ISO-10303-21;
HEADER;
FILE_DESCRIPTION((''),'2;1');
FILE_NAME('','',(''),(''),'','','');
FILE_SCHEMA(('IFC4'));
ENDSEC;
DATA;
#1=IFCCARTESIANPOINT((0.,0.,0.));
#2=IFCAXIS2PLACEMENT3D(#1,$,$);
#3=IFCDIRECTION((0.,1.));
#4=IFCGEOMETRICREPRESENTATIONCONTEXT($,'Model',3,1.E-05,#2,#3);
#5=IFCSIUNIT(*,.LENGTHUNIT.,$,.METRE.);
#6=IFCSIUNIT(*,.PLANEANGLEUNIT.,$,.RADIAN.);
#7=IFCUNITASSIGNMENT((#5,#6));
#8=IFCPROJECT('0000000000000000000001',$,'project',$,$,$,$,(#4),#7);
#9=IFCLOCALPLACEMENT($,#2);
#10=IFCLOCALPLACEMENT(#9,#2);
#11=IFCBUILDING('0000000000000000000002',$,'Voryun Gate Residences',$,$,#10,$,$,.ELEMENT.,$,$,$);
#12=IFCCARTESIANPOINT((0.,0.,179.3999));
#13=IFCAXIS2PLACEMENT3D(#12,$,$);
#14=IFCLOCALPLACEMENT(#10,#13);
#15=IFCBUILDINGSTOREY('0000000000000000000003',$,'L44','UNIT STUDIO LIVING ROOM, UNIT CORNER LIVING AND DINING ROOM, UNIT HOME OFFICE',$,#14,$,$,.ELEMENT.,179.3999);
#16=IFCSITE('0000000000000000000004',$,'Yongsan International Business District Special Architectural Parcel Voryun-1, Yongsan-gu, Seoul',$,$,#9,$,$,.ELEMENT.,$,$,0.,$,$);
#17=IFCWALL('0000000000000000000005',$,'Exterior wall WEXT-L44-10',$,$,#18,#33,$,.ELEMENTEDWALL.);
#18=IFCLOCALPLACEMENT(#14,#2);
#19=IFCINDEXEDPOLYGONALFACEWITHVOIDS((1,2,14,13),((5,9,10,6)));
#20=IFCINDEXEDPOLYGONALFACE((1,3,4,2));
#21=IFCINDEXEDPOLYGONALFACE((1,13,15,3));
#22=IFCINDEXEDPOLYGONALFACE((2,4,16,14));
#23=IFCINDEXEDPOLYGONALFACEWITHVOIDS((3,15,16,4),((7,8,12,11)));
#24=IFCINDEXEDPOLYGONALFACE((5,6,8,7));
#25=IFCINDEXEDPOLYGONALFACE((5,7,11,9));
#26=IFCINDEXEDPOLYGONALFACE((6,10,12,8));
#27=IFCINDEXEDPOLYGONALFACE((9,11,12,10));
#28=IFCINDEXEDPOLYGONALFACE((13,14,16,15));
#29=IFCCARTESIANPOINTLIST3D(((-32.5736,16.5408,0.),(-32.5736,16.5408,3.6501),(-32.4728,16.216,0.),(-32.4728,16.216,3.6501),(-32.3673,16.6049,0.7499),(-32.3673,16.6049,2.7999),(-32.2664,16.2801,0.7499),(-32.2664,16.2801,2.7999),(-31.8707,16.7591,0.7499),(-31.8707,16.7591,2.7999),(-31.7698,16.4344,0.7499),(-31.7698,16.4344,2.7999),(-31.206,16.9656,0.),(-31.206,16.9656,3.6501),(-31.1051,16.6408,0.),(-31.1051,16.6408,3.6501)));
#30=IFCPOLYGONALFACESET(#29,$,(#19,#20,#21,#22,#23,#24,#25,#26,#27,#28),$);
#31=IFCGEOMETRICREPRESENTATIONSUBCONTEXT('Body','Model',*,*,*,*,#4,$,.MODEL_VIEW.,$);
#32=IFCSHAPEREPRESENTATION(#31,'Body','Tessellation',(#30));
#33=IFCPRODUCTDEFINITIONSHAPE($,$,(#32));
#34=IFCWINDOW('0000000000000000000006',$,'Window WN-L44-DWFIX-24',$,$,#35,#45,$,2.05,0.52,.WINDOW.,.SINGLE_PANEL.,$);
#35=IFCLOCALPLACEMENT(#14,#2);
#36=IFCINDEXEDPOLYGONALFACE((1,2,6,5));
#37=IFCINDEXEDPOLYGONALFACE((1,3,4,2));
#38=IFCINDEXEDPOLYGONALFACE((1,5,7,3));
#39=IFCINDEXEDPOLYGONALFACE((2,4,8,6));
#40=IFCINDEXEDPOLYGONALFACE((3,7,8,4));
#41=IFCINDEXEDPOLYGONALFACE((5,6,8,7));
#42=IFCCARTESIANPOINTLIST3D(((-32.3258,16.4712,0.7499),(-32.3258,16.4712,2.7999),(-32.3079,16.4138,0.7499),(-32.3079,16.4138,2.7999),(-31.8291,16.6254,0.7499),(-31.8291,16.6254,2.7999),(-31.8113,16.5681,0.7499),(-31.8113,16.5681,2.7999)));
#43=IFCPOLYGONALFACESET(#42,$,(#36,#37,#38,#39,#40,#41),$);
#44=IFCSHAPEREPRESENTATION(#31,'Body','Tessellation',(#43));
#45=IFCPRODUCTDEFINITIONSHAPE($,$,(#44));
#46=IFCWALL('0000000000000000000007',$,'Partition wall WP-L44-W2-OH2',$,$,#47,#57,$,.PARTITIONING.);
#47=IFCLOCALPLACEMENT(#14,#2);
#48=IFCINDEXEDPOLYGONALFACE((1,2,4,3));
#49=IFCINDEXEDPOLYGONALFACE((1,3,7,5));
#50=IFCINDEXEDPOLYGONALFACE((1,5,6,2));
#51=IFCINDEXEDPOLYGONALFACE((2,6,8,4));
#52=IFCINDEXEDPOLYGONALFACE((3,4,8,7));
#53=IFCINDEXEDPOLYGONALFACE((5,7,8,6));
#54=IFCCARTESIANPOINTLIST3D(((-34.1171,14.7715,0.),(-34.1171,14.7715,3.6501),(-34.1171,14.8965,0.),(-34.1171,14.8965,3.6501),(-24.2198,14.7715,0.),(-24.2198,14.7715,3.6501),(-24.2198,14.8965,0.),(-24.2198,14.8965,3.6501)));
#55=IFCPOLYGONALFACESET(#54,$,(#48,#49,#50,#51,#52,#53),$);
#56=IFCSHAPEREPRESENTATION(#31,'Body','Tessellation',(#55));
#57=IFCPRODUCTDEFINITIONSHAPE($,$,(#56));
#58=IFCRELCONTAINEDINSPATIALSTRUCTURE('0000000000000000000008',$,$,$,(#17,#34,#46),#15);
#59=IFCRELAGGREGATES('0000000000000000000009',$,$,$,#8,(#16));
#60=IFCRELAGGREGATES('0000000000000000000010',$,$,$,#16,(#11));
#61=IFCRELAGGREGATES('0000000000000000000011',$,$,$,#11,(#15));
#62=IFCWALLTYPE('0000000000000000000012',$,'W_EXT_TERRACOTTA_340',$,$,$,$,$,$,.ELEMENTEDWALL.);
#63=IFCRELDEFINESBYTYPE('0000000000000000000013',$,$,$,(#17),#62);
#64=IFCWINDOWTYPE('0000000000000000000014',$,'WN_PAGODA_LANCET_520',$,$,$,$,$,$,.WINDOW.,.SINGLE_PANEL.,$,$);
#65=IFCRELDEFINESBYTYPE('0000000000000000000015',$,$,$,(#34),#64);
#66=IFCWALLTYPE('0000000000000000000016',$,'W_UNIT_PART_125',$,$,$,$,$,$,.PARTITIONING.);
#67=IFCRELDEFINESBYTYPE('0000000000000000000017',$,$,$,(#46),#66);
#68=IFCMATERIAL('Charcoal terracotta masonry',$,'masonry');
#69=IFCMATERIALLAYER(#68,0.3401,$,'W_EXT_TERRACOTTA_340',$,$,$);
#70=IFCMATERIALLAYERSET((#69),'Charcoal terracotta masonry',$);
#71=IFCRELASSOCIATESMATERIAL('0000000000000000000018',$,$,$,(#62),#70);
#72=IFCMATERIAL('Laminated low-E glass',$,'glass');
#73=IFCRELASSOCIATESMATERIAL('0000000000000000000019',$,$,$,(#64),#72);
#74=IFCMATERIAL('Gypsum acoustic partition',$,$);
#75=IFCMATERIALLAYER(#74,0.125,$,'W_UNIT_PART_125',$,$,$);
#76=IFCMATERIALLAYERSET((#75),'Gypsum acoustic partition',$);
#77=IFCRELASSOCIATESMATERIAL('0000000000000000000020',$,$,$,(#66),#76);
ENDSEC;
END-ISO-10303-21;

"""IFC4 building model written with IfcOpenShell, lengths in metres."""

from ifc_helpers import new_model, si_unit, direction, frame, frame_2d, origin, place, context, subcontext, project, spatial, rectangle, extrude, material, layer, layer_set, type_object, element, fill, save


model = new_model("IFC4")

# Units and contexts
model_context = context("Model", 3, precision=1e-05, world=origin(), true_north=direction((0.0, 1.0)))
body_context = subcontext(model_context, "Body", "Model", "MODEL_VIEW")
ifc_project = project(units=[si_unit("LENGTHUNIT", "METRE"), si_unit("PLANEANGLEUNIT", "RADIAN")], contexts=[model_context])

# Site, building, storey
site_placement = place(None, origin())
site = spatial("IfcSite", under=ifc_project, at=site_placement, Name="Yongsan International Business District Special Architectural Parcel Voryun-1, Yongsan-gu, Seoul", CompositionType="ELEMENT", RefElevation=0.0)
building_placement = place(site_placement, origin())
building = spatial("IfcBuilding", under=site, at=building_placement, Name="Voryun Gate Residences", CompositionType="ELEMENT")
storey_placement = place(building_placement, frame((0.0, 0.0, 179.3999)))
storey = spatial("IfcBuildingStorey", under=building, at=storey_placement, Name="L44", Description="UNIT STUDIO LIVING ROOM, UNIT CORNER LIVING AND DINING ROOM, UNIT HOME OFFICE", CompositionType="ELEMENT", Elevation=179.3999)

# Shared definitions
ifc_material_1 = material(Name="Charcoal terracotta masonry", Category="masonry")
ifc_layer_1 = layer(ifc_material_1, 0.3401, Name="W_EXT_TERRACOTTA_340")
ifc_layer_set_1 = layer_set([ifc_layer_1], Name="Charcoal terracotta masonry")
wall_type_1 = type_object("IfcWallType", Name="W_EXT_TERRACOTTA_340", PredefinedType="ELEMENTEDWALL", material=ifc_layer_set_1)

# Wall, opening, window
wall_1_placement = place(storey_placement, frame((-32.5232, 16.3784, 0.0), z_axis=(0.0, 0.0, 1.0), x_axis=(0.954994, 0.296624, 0.0)))
wall_1 = element("IfcWall", 1, at=wall_1_placement, inside=storey, type_object=wall_type_1, Name="Exterior wall WEXT-L44-10", PredefinedType="ELEMENTEDWALL", context=body_context, shape_type="SweptSolid", body=[
    extrude(rectangle(XDim=1.4321, YDim=0.3401, at=frame_2d((0.7161, 0.0))), origin(), (0.0, 0.0, 1.0), 3.6501),
])
opening_1_placement = place(wall_1_placement, frame((0.2161, 0.0, 0.75)))
opening_1 = element("IfcOpeningElement", 2, at=opening_1_placement, cuts=wall_1, PredefinedType="OPENING", context=body_context, shape_type="SweptSolid", body=[
    extrude(rectangle(XDim=0.52, YDim=2.05, at=frame_2d((0.26, 1.0249))), frame((0.0, 0.1799, 0.0), z_axis=(0.0, -1.0, 0.0), x_axis=(1.0, 0.0, 0.0)), (0.0, 0.0, 1.0), 0.3601),
])
ifc_material_2 = material(Name="Laminated low-E glass", Category="glass")
window_type_1 = type_object("IfcWindowType", Name="WN_PAGODA_LANCET_520", PartitioningType="SINGLE_PANEL", PredefinedType="WINDOW", material=ifc_material_2)
window_1_placement = place(opening_1_placement, origin())
window_1 = element("IfcWindow", 3, at=window_1_placement, inside=storey, type_object=window_type_1, Name="Window WN-L44-DWFIX-24", OverallHeight=2.05, OverallWidth=0.52, PartitioningType="SINGLE_PANEL", PredefinedType="WINDOW", context=body_context, shape_type="SweptSolid", body=[
    extrude(rectangle(XDim=0.52, YDim=2.05, at=frame_2d((0.26, 1.0249))), frame((0.0, 0.03, 0.0), z_axis=(0.0, -1.0, 0.0), x_axis=(1.0, 0.0, 0.0)), (0.0, 0.0, 1.0), 0.0601),
])
fill(opening_1, window_1)

# Wall
ifc_material_3 = material(Name="Gypsum acoustic partition")
ifc_layer_2 = layer(ifc_material_3, 0.125, Name="W_UNIT_PART_125")
ifc_layer_set_2 = layer_set([ifc_layer_2], Name="Gypsum acoustic partition")
wall_type_2 = type_object("IfcWallType", Name="W_UNIT_PART_125", PredefinedType="PARTITIONING", material=ifc_layer_set_2)
wall_2_placement = place(storey_placement, frame((-34.1172, 14.834, 0.0), z_axis=(0.0, 0.0, 1.0), x_axis=(1.0, 0.0, 0.0)))
element("IfcWall", 4, at=wall_2_placement, inside=storey, type_object=wall_type_2, Name="Partition wall WP-L44-W2-OH2", PredefinedType="PARTITIONING", context=body_context, shape_type="SweptSolid", body=[
    extrude(rectangle(XDim=9.8972, YDim=0.125, at=frame_2d((4.9487, 0.0))), origin(), (0.0, 0.0, 1.0), 3.6501),
])

save(model, "model.ifc")
